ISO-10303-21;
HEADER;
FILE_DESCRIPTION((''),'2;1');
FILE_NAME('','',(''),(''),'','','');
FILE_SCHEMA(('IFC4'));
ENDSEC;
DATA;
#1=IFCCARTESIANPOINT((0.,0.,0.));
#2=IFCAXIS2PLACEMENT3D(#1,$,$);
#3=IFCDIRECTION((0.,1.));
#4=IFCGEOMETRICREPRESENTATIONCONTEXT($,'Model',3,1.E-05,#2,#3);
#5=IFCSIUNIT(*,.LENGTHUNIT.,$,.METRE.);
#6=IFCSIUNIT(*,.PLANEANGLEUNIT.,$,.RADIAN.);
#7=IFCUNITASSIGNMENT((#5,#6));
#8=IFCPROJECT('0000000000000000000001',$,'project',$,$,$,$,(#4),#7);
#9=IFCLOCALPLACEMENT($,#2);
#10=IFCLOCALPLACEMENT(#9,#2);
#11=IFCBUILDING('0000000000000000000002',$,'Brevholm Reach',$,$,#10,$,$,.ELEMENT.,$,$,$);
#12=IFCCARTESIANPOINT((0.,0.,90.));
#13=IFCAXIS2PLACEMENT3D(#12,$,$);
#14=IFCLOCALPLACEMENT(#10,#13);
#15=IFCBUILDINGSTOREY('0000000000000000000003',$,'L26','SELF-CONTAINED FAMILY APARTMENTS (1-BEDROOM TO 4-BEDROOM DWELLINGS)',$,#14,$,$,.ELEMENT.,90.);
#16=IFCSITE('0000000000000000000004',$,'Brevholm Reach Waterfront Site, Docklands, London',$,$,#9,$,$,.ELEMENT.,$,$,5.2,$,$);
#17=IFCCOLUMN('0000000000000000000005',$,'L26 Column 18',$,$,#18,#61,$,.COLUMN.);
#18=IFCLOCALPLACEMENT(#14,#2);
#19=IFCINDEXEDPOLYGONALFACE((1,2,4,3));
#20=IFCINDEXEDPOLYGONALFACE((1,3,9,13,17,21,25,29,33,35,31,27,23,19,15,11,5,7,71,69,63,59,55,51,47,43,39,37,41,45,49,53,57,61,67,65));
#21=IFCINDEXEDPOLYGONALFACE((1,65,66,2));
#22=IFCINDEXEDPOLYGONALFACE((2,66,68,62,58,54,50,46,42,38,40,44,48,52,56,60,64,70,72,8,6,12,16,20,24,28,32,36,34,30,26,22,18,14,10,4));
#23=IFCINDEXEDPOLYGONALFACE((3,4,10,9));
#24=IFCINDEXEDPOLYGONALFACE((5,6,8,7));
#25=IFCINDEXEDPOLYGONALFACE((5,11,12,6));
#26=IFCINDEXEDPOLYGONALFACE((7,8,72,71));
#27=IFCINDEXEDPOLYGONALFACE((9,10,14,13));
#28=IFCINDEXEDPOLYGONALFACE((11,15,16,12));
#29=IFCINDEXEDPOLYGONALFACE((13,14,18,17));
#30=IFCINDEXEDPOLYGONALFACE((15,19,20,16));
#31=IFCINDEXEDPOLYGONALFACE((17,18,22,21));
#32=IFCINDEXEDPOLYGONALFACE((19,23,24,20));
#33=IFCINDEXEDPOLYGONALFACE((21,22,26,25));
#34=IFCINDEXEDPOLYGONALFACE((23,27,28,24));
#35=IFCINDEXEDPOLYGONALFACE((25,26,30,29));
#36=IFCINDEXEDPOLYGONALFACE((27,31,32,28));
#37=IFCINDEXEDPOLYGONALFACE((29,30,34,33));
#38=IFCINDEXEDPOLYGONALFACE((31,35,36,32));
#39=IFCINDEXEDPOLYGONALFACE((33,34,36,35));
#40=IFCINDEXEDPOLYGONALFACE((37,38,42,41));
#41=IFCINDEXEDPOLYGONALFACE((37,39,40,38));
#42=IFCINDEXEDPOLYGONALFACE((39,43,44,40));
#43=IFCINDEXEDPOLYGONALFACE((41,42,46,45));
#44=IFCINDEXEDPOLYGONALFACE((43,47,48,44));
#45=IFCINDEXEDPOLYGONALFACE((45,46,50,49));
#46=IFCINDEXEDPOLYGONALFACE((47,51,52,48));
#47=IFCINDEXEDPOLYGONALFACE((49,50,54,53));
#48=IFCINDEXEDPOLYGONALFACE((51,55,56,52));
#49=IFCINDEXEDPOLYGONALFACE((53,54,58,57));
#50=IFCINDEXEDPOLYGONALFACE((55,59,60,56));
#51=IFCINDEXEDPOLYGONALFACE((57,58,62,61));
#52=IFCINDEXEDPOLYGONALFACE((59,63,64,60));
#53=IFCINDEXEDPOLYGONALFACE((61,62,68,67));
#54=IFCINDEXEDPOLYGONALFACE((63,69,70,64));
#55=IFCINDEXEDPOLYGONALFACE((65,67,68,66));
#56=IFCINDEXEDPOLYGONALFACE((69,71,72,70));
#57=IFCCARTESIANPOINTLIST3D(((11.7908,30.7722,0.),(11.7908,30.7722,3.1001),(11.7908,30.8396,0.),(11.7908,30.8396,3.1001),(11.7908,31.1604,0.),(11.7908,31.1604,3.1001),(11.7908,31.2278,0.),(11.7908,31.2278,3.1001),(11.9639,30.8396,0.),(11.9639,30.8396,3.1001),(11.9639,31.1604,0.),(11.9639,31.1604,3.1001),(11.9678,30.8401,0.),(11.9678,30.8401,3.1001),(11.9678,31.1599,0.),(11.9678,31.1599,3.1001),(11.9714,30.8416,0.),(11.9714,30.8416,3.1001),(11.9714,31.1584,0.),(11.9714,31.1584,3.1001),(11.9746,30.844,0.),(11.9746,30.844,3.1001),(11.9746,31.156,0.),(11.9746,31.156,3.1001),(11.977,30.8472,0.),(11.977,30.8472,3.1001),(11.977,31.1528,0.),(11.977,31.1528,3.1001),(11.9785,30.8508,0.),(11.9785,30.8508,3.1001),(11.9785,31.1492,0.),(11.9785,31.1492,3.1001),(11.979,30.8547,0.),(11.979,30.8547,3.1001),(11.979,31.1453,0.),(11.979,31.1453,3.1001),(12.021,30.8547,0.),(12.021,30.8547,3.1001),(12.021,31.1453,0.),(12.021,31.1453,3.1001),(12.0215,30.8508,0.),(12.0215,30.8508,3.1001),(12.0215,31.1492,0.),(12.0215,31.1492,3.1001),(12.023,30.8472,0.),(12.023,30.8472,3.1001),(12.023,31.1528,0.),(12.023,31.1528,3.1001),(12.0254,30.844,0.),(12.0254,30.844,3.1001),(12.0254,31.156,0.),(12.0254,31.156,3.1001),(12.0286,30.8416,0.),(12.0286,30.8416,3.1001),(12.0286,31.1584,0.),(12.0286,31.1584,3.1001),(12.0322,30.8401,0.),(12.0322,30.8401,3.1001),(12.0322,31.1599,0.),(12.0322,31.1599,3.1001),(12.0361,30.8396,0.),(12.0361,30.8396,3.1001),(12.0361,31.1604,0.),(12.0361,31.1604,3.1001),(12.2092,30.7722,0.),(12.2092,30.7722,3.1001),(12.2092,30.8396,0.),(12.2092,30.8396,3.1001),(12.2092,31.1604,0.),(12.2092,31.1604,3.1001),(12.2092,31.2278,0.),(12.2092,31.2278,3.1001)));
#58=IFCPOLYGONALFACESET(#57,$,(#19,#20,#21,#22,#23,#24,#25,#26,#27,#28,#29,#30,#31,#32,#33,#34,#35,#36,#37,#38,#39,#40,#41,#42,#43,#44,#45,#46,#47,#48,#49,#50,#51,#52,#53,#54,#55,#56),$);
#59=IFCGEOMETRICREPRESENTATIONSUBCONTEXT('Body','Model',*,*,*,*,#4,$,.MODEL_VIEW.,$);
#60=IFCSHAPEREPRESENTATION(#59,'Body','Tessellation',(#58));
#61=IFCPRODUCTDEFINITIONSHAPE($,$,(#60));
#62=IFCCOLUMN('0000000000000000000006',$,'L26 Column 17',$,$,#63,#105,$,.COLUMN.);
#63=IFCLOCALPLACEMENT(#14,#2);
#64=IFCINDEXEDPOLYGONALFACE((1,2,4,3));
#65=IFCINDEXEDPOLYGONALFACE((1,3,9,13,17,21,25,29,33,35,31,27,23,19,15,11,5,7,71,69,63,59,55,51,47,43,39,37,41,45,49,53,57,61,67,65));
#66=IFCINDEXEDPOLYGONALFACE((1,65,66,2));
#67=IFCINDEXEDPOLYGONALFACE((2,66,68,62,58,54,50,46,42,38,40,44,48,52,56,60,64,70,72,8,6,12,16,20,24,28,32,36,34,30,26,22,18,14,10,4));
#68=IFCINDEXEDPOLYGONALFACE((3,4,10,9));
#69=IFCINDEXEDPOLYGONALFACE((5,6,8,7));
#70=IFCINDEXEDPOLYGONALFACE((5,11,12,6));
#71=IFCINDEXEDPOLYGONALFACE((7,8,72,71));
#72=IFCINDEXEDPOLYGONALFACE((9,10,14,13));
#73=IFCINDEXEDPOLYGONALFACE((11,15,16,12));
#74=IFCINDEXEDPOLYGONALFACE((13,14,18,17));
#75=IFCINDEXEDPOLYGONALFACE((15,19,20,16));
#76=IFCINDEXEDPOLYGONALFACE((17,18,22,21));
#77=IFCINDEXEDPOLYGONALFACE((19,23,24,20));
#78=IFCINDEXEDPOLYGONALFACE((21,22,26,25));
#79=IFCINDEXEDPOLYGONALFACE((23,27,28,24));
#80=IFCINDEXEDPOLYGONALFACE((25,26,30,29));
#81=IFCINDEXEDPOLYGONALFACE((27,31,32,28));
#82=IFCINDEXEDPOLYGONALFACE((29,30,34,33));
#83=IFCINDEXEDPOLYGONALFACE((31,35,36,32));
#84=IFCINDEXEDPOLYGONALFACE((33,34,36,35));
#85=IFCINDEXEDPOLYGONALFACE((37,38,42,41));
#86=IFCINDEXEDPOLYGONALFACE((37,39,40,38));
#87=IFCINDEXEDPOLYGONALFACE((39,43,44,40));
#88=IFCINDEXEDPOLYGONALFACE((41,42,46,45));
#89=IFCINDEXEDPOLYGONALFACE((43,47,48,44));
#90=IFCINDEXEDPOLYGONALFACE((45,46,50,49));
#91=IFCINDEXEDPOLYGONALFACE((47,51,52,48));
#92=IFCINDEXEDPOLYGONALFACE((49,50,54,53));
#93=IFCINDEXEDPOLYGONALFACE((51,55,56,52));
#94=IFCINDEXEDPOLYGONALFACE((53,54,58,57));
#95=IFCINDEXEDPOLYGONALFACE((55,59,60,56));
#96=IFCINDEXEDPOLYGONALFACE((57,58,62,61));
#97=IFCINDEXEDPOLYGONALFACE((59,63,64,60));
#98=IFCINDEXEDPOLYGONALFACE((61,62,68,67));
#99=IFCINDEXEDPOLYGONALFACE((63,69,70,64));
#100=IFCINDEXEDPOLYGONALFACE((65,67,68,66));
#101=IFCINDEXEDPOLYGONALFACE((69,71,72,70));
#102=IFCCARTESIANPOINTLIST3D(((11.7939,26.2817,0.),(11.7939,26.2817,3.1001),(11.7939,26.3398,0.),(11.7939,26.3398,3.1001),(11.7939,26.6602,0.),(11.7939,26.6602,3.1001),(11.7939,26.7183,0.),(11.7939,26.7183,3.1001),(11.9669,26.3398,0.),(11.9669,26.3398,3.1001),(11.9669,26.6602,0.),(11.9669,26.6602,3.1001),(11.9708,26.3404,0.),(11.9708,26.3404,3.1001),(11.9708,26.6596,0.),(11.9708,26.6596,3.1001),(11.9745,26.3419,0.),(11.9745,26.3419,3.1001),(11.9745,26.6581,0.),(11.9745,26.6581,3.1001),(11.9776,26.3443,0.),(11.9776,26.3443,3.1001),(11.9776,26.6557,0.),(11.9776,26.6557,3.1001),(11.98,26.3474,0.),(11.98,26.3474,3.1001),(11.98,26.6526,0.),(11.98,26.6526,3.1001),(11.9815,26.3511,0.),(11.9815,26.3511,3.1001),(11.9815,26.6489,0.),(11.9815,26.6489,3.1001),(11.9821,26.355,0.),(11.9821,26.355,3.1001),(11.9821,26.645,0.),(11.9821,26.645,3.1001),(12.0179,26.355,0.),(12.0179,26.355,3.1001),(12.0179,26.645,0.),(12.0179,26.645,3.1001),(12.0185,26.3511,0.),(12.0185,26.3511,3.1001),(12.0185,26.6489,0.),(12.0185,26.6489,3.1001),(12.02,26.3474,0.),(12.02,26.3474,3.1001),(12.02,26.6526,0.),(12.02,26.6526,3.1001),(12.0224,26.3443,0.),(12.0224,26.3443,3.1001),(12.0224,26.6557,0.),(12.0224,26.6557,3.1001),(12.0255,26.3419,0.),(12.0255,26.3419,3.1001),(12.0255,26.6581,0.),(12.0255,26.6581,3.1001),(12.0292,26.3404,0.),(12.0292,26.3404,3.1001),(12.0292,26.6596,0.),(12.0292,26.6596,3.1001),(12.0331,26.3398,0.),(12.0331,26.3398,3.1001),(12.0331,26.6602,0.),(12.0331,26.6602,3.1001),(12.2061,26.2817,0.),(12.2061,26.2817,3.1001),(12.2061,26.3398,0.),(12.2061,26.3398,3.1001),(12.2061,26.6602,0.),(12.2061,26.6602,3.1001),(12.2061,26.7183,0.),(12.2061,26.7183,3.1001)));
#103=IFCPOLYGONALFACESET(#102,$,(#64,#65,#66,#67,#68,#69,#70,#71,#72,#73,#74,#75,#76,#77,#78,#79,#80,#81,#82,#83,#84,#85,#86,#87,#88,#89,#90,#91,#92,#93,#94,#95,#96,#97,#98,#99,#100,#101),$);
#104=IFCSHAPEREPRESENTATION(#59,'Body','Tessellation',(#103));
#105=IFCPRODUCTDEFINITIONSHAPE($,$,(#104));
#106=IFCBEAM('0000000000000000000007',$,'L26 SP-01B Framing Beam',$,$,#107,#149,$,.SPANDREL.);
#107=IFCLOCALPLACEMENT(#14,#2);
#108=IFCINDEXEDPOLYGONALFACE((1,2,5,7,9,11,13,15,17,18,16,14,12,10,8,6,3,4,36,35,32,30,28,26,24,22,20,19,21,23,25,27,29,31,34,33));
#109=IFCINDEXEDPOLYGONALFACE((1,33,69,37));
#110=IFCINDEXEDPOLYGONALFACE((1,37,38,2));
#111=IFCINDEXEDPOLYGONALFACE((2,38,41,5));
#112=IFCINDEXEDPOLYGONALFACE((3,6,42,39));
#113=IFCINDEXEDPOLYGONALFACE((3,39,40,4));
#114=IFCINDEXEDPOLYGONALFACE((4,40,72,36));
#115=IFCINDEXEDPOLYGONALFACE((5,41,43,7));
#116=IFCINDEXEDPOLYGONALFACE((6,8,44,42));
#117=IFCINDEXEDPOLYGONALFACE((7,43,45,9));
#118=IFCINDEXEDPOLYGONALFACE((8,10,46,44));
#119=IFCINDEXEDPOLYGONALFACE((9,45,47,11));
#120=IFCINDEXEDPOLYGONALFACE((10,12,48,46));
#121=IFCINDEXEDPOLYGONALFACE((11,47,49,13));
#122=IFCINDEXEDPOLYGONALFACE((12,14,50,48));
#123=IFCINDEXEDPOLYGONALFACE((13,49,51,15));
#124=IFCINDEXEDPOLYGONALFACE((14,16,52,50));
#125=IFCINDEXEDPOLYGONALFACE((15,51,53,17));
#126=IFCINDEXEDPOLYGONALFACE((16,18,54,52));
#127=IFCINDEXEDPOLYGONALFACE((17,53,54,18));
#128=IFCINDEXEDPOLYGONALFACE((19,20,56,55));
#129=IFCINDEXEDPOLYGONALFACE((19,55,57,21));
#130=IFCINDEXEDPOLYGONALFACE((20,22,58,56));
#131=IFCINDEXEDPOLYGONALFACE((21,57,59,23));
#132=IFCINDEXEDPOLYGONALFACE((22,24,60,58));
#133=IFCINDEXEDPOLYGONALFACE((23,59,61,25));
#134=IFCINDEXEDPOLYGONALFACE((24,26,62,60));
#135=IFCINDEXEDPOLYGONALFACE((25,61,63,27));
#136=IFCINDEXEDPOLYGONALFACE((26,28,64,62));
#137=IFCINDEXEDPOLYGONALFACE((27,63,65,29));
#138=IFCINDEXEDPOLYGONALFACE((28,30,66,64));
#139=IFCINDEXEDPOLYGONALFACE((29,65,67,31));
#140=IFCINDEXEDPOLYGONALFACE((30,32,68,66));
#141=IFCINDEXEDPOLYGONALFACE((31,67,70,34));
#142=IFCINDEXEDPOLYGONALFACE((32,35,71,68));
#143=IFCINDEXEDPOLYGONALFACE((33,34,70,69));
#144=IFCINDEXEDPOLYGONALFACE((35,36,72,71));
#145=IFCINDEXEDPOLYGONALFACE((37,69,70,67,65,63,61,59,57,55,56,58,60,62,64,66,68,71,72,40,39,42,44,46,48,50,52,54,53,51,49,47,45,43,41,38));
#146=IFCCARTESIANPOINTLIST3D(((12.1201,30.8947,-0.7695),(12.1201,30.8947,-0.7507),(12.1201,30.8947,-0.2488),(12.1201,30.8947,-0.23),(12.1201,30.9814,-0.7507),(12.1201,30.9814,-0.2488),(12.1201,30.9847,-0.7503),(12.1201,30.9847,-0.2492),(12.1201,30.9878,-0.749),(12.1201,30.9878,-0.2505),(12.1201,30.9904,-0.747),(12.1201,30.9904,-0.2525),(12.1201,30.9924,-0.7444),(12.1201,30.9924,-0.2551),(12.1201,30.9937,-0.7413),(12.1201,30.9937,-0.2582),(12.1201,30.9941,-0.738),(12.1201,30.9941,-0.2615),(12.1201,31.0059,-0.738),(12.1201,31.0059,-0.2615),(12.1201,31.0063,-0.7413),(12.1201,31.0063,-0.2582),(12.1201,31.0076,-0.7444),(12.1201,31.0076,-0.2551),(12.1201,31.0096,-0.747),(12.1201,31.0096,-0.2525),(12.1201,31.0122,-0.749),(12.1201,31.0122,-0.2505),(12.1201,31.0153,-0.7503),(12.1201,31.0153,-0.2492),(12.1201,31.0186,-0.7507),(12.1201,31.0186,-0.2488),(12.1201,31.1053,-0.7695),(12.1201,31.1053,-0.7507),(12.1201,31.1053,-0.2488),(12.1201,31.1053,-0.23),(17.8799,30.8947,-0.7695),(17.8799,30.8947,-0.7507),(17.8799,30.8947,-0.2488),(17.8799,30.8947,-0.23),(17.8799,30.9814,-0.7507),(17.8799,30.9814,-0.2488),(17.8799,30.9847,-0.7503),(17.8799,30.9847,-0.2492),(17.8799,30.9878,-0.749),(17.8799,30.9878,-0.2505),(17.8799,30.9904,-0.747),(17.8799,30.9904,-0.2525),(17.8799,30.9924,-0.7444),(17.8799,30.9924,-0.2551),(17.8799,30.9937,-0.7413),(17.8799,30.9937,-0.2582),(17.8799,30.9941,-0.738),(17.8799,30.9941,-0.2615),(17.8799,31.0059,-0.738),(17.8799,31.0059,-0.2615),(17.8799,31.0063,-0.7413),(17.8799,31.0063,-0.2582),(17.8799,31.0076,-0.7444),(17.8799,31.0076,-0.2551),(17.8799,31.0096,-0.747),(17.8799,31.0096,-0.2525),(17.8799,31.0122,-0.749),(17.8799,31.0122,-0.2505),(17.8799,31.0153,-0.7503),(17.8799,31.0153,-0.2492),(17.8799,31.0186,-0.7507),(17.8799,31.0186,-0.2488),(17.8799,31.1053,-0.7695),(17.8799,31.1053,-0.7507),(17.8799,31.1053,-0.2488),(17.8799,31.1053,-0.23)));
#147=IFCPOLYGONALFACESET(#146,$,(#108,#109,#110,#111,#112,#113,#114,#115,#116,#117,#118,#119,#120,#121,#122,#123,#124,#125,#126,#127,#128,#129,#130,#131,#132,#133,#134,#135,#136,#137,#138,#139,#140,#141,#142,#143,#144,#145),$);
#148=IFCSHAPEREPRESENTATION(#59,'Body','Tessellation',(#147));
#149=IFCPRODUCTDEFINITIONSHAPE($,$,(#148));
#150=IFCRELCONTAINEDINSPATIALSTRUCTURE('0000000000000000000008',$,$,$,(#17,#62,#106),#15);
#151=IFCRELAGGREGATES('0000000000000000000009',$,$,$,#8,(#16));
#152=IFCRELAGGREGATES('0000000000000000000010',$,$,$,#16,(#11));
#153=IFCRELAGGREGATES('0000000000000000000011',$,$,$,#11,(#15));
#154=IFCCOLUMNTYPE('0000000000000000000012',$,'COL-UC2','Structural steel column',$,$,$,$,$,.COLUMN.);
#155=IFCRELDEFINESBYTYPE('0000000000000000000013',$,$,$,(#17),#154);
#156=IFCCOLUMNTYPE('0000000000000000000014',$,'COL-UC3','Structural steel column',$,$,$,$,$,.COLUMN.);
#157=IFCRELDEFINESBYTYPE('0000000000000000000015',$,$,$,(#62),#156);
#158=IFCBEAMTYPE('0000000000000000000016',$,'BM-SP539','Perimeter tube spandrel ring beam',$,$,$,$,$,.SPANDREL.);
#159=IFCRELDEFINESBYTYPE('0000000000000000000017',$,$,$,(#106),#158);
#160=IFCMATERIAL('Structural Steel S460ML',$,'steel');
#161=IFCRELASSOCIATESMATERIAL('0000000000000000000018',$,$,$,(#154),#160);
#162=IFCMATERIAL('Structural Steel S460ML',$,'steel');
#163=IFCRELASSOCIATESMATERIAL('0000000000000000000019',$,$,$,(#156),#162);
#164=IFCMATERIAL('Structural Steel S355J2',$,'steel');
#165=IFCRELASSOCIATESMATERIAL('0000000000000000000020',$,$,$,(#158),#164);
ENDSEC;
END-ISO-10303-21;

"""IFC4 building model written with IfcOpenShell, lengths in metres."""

from ifc_helpers import new_model, si_unit, direction, frame, origin, origin_2d, place, context, subcontext, project, spatial, i_section, extrude, material, material_profile, profile_set, type_object, element, save


model = new_model("IFC4")

# Units and contexts
model_context = context("Model", 3, precision=1e-05, world=origin(), true_north=direction((0.0, 1.0)))
body_context = subcontext(model_context, "Body", "Model", "MODEL_VIEW")
ifc_project = project(units=[si_unit("LENGTHUNIT", "METRE"), si_unit("PLANEANGLEUNIT", "RADIAN")], contexts=[model_context])

# Site, building, storey
site_placement = place(None, origin())
site = spatial("IfcSite", under=ifc_project, at=site_placement, Name="Brevholm Reach Waterfront Site, Docklands, London", CompositionType="ELEMENT", RefElevation=5.2)
building_placement = place(site_placement, origin())
building = spatial("IfcBuilding", under=site, at=building_placement, Name="Brevholm Reach", CompositionType="ELEMENT")
storey_placement = place(building_placement, frame((0.0, 0.0, 90.0)))
storey = spatial("IfcBuildingStorey", under=building, at=storey_placement, Name="L26", Description="SELF-CONTAINED FAMILY APARTMENTS (1-BEDROOM TO 4-BEDROOM DWELLINGS)", CompositionType="ELEMENT", Elevation=90.0)

# Columns
ifc_material_1 = material(Name="Structural Steel S460ML", Category="steel")
ifc_material_profile_1 = material_profile(ifc_material_1, i_section(OverallWidth=0.4185, OverallDepth=0.4556, WebThickness=0.042, FlangeThickness=0.0674, FilletRadius=0.0151, at=origin_2d()), Name="UKC 356x406x551")
ifc_profile_set_1 = profile_set([ifc_material_profile_1], Name="Structural Steel S460ML")
column_type_1 = type_object("IfcColumnType", Name="COL-UC2", Description="Structural steel column", PredefinedType="COLUMN", material=ifc_profile_set_1)
column_1_placement = place(storey_placement, frame((12.0, 31.0, 0.0), z_axis=(0.0, 0.0, 1.0), x_axis=(1.0, 0.0, 0.0)))
element("IfcColumn", 1, at=column_1_placement, inside=storey, type_object=column_type_1, Name="L26 Column 18", PredefinedType="COLUMN", context=body_context, shape_type="SweptSolid", body=[
    extrude(i_section(OverallWidth=0.4185, OverallDepth=0.4556, WebThickness=0.042, FlangeThickness=0.0674, FilletRadius=0.0151, at=origin_2d()), origin(), (0.0, 0.0, 1.0), 3.1001),
])
ifc_material_2 = material(Name="Structural Steel S460ML", Category="steel")
ifc_material_profile_2 = material_profile(ifc_material_2, i_section(OverallWidth=0.4121, OverallDepth=0.4365, WebThickness=0.0359, FlangeThickness=0.0581, FilletRadius=0.0151, at=origin_2d()), Name="UKC 356x406x467")
ifc_profile_set_2 = profile_set([ifc_material_profile_2], Name="Structural Steel S460ML")
column_type_2 = type_object("IfcColumnType", Name="COL-UC3", Description="Structural steel column", PredefinedType="COLUMN", material=ifc_profile_set_2)
column_2_placement = place(storey_placement, frame((12.0, 26.5, 0.0), z_axis=(0.0, 0.0, 1.0), x_axis=(1.0, 0.0, 0.0)))
element("IfcColumn", 2, at=column_2_placement, inside=storey, type_object=column_type_2, Name="L26 Column 17", PredefinedType="COLUMN", context=body_context, shape_type="SweptSolid", body=[
    extrude(i_section(OverallWidth=0.4121, OverallDepth=0.4365, WebThickness=0.0359, FlangeThickness=0.0581, FilletRadius=0.0151, at=origin_2d()), origin(), (0.0, 0.0, 1.0), 3.1001),
])

# Beam
ifc_material_3 = material(Name="Structural Steel S355J2", Category="steel")
ifc_material_profile_3 = material_profile(ifc_material_3, i_section(OverallWidth=0.2107, OverallDepth=0.5396, WebThickness=0.0117, FlangeThickness=0.0188, FilletRadius=0.0127, at=origin_2d()), Name="UKB 533x210x109")
ifc_profile_set_3 = profile_set([ifc_material_profile_3], Name="Structural Steel S355J2")
beam_type_1 = type_object("IfcBeamType", Name="BM-SP539", Description="Perimeter tube spandrel ring beam", PredefinedType="SPANDREL", material=ifc_profile_set_3)
beam_1_placement = place(storey_placement, frame((12.1201, 31.0, -0.4998), z_axis=(1.0, 0.0, 0.0), x_axis=(0.0, 1.0, 0.0)))
element("IfcBeam", 3, at=beam_1_placement, inside=storey, type_object=beam_type_1, Name="L26 SP-01B Framing Beam", PredefinedType="SPANDREL", context=body_context, shape_type="SweptSolid", body=[
    extrude(i_section(OverallWidth=0.2107, OverallDepth=0.5396, WebThickness=0.0117, FlangeThickness=0.0188, FilletRadius=0.0127, at=origin_2d()), origin(), (0.0, 0.0, 1.0), 5.7598),
])

save(model, "model.ifc")
